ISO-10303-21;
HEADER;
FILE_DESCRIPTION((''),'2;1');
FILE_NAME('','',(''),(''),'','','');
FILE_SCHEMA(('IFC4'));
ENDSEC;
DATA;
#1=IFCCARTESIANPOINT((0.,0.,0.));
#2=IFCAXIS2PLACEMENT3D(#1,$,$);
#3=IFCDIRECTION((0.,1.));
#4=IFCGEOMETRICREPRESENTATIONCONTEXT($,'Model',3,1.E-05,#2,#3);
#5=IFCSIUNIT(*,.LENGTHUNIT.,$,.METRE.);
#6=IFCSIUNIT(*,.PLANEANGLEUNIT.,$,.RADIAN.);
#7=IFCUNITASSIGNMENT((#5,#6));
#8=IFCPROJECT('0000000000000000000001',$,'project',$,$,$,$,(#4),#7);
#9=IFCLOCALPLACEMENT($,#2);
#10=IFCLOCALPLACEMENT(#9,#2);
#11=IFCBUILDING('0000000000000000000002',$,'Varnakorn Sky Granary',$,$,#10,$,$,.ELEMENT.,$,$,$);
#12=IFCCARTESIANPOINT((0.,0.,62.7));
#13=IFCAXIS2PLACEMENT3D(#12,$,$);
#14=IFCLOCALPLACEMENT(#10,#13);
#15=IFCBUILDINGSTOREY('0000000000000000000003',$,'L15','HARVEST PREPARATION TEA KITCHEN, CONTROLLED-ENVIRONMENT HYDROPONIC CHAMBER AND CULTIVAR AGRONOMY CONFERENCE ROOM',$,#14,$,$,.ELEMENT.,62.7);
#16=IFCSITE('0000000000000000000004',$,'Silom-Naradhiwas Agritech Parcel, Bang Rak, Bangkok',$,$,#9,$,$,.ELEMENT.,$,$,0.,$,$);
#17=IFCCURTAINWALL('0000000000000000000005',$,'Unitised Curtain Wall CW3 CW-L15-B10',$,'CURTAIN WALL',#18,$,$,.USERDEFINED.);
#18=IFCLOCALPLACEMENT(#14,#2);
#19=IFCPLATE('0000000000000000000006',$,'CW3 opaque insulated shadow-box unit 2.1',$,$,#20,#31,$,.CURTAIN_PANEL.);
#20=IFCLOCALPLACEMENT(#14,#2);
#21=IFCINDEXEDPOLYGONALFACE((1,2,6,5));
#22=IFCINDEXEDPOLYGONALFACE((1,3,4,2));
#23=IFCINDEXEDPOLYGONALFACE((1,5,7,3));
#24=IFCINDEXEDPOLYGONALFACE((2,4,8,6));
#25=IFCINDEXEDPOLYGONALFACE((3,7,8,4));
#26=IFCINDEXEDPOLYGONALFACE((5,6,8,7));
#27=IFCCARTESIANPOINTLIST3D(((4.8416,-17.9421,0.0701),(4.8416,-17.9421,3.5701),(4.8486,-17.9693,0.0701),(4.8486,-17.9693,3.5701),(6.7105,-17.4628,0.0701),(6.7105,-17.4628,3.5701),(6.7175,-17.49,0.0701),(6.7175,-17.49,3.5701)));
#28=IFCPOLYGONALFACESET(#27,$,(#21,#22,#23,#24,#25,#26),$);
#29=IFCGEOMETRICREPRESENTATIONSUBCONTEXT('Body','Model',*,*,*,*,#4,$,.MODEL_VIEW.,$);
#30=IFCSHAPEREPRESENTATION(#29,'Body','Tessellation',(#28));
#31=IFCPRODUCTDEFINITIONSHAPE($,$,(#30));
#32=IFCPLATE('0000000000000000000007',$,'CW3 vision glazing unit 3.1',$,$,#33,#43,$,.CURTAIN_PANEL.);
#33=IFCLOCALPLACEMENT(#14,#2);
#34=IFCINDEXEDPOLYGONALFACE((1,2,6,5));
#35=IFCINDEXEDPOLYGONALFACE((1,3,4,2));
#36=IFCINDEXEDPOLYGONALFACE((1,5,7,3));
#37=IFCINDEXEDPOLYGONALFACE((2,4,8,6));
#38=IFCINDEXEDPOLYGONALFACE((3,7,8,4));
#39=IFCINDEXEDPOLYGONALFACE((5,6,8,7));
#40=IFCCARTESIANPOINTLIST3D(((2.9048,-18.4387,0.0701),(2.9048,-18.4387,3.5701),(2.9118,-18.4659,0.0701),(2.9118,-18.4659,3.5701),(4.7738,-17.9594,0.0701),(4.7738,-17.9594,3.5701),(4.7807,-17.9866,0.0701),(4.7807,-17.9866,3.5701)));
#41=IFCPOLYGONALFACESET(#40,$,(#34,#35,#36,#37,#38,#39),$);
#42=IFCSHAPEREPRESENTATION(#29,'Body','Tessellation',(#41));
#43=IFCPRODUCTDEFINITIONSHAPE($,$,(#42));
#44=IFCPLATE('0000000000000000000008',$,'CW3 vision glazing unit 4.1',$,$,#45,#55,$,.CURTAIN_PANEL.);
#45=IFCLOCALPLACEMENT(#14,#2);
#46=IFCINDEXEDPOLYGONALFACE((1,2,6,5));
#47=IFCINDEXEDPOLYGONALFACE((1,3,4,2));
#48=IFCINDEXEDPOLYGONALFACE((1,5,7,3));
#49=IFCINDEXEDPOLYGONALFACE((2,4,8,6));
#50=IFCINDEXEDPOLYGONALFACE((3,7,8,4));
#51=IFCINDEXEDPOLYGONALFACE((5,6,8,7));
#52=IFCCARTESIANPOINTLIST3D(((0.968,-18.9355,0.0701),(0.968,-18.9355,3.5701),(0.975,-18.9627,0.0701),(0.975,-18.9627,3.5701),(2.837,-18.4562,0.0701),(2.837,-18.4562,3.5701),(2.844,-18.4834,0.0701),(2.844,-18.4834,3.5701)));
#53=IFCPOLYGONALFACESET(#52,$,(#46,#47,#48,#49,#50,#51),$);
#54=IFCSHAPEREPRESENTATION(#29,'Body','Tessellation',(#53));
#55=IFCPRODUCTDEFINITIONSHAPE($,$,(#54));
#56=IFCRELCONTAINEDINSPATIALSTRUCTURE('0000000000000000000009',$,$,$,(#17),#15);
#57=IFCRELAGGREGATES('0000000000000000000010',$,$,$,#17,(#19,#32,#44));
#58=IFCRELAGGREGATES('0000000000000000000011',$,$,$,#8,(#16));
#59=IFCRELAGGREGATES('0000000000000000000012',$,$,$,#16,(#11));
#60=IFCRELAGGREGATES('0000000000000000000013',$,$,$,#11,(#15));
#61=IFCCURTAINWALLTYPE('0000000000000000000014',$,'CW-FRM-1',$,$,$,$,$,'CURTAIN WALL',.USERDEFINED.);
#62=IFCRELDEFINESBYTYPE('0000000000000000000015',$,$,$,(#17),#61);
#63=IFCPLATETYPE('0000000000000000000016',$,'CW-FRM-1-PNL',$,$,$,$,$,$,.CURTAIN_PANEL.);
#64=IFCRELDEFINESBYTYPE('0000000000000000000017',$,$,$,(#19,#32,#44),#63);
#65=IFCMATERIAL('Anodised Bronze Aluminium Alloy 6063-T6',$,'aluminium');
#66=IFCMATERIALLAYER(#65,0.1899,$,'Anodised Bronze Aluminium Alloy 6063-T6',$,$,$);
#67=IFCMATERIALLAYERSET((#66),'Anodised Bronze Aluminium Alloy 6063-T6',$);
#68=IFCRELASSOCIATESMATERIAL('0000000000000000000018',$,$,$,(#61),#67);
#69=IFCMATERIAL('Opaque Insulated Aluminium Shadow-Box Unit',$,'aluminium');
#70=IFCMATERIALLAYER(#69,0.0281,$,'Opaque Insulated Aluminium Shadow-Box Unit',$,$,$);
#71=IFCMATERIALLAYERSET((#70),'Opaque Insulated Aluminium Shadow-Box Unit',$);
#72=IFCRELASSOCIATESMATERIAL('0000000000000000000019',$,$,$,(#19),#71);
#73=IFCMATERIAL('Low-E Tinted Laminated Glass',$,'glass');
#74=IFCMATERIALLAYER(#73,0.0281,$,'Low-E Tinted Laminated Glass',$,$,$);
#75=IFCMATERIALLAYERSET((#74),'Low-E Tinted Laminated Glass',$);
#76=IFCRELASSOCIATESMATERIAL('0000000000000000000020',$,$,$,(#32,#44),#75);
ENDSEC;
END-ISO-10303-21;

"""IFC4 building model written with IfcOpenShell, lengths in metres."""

from ifc_helpers import new_model, si_unit, direction, frame, origin, origin_2d, place, context, subcontext, project, spatial, rectangle, extrude, source, transform, mapped, material, layer, layer_set, type_object, element, aggregate, save


model = new_model("IFC4")

# Units and contexts
model_context = context("Model", 3, precision=1e-05, world=origin(), true_north=direction((0.0, 1.0)))
body_context = subcontext(model_context, "Body", "Model", "MODEL_VIEW")
ifc_project = project(units=[si_unit("LENGTHUNIT", "METRE"), si_unit("PLANEANGLEUNIT", "RADIAN")], contexts=[model_context])

# Site, building, storey
site_placement = place(None, origin())
site = spatial("IfcSite", under=ifc_project, at=site_placement, Name="Silom-Naradhiwas Agritech Parcel, Bang Rak, Bangkok", CompositionType="ELEMENT", RefElevation=0.0)
building_placement = place(site_placement, origin())
building = spatial("IfcBuilding", under=site, at=building_placement, Name="Varnakorn Sky Granary", CompositionType="ELEMENT")
storey_placement = place(building_placement, frame((0.0, 0.0, 62.7)))
storey = spatial("IfcBuildingStorey", under=building, at=storey_placement, Name="L15", Description="HARVEST PREPARATION TEA KITCHEN, CONTROLLED-ENVIRONMENT HYDROPONIC CHAMBER AND CULTIVAR AGRONOMY CONFERENCE ROOM", CompositionType="ELEMENT", Elevation=62.7)

# Curtain wall, plates
ifc_material_1 = material(Name="Anodised Bronze Aluminium Alloy 6063-T6", Category="aluminium")
ifc_layer_1 = layer(ifc_material_1, 0.1899, Name="Anodised Bronze Aluminium Alloy 6063-T6")
ifc_layer_set_1 = layer_set([ifc_layer_1], Name="Anodised Bronze Aluminium Alloy 6063-T6")
curtain_wall_type = type_object("IfcCurtainWallType", Name="CW-FRM-1", ElementType="CURTAIN WALL", PredefinedType="USERDEFINED", material=ifc_layer_set_1)
curtain_wall_placement = place(storey_placement, origin())
curtain_wall = element("IfcCurtainWall", 1, at=curtain_wall_placement, inside=storey, type_object=curtain_wall_type, Name="Unitised Curtain Wall CW3 CW-L15-B10", ObjectType="CURTAIN WALL", PredefinedType="USERDEFINED")
ifc_material_2 = material(Name="Opaque Insulated Aluminium Shadow-Box Unit", Category="aluminium")
ifc_layer_2 = layer(ifc_material_2, 0.0281, Name="Opaque Insulated Aluminium Shadow-Box Unit")
ifc_layer_set_2 = layer_set([ifc_layer_2], Name="Opaque Insulated Aluminium Shadow-Box Unit")
plate_type = type_object("IfcPlateType", Name="CW-FRM-1-PNL", PredefinedType="CURTAIN_PANEL")
shared_shape_1 = source(origin(), body_context, "Body", "SweptSolid", [
    extrude(rectangle(XDim=1.9294, YDim=0.0281, at=origin_2d()), origin(), (0.0, 0.0, 1.0), 3.5),
])
plate_1_placement = place(storey_placement, frame((5.7795, -17.7161, 0.0701), z_axis=(0.0, 0.0, 1.0), x_axis=(-0.968648, -0.248436, 0.0)))
plate_1 = element("IfcPlate", 2, at=plate_1_placement, type_object=plate_type, material=ifc_layer_set_2, Name="CW3 opaque insulated shadow-box unit 2.1", PredefinedType="CURTAIN_PANEL", context=body_context, shape_type="MappedRepresentation", body=[
    mapped(shared_shape_1, transform((0.0, 0.0, 0.0), x_axis=(1.0, 0.0, 0.0), y_axis=(0.0, 1.0, 0.0), z_axis=(0.0, 0.0, 1.0), scale=1.0)),
])
ifc_material_3 = material(Name="Low-E Tinted Laminated Glass", Category="glass")
ifc_layer_3 = layer(ifc_material_3, 0.0281, Name="Low-E Tinted Laminated Glass")
ifc_layer_set_3 = layer_set([ifc_layer_3], Name="Low-E Tinted Laminated Glass")
plate_2_placement = place(storey_placement, frame((3.8428, -18.2126, 0.0701), z_axis=(0.0, 0.0, 1.0), x_axis=(-0.968648, -0.248436, 0.0)))
plate_2 = element("IfcPlate", 3, at=plate_2_placement, type_object=plate_type, material=ifc_layer_set_3, Name="CW3 vision glazing unit 3.1", PredefinedType="CURTAIN_PANEL", context=body_context, shape_type="MappedRepresentation", body=[
    mapped(shared_shape_1, transform((0.0, 0.0, 0.0), x_axis=(1.0, 0.0, 0.0), y_axis=(0.0, 1.0, 0.0), z_axis=(0.0, 0.0, 1.0), scale=1.0)),
])
plate_3_placement = place(storey_placement, frame((1.906, -18.7095, 0.0701), z_axis=(0.0, 0.0, 1.0), x_axis=(-0.968648, -0.248436, 0.0)))
plate_3 = element("IfcPlate", 4, at=plate_3_placement, type_object=plate_type, material=ifc_layer_set_3, Name="CW3 vision glazing unit 4.1", PredefinedType="CURTAIN_PANEL", context=body_context, shape_type="MappedRepresentation", body=[
    mapped(shared_shape_1, transform((0.0, 0.0, 0.0), x_axis=(1.0, 0.0, 0.0), y_axis=(0.0, 1.0, 0.0), z_axis=(0.0, 0.0, 1.0), scale=1.0)),
])
aggregate(curtain_wall, [plate_1, plate_2, plate_3])

save(model, "model.ifc")
